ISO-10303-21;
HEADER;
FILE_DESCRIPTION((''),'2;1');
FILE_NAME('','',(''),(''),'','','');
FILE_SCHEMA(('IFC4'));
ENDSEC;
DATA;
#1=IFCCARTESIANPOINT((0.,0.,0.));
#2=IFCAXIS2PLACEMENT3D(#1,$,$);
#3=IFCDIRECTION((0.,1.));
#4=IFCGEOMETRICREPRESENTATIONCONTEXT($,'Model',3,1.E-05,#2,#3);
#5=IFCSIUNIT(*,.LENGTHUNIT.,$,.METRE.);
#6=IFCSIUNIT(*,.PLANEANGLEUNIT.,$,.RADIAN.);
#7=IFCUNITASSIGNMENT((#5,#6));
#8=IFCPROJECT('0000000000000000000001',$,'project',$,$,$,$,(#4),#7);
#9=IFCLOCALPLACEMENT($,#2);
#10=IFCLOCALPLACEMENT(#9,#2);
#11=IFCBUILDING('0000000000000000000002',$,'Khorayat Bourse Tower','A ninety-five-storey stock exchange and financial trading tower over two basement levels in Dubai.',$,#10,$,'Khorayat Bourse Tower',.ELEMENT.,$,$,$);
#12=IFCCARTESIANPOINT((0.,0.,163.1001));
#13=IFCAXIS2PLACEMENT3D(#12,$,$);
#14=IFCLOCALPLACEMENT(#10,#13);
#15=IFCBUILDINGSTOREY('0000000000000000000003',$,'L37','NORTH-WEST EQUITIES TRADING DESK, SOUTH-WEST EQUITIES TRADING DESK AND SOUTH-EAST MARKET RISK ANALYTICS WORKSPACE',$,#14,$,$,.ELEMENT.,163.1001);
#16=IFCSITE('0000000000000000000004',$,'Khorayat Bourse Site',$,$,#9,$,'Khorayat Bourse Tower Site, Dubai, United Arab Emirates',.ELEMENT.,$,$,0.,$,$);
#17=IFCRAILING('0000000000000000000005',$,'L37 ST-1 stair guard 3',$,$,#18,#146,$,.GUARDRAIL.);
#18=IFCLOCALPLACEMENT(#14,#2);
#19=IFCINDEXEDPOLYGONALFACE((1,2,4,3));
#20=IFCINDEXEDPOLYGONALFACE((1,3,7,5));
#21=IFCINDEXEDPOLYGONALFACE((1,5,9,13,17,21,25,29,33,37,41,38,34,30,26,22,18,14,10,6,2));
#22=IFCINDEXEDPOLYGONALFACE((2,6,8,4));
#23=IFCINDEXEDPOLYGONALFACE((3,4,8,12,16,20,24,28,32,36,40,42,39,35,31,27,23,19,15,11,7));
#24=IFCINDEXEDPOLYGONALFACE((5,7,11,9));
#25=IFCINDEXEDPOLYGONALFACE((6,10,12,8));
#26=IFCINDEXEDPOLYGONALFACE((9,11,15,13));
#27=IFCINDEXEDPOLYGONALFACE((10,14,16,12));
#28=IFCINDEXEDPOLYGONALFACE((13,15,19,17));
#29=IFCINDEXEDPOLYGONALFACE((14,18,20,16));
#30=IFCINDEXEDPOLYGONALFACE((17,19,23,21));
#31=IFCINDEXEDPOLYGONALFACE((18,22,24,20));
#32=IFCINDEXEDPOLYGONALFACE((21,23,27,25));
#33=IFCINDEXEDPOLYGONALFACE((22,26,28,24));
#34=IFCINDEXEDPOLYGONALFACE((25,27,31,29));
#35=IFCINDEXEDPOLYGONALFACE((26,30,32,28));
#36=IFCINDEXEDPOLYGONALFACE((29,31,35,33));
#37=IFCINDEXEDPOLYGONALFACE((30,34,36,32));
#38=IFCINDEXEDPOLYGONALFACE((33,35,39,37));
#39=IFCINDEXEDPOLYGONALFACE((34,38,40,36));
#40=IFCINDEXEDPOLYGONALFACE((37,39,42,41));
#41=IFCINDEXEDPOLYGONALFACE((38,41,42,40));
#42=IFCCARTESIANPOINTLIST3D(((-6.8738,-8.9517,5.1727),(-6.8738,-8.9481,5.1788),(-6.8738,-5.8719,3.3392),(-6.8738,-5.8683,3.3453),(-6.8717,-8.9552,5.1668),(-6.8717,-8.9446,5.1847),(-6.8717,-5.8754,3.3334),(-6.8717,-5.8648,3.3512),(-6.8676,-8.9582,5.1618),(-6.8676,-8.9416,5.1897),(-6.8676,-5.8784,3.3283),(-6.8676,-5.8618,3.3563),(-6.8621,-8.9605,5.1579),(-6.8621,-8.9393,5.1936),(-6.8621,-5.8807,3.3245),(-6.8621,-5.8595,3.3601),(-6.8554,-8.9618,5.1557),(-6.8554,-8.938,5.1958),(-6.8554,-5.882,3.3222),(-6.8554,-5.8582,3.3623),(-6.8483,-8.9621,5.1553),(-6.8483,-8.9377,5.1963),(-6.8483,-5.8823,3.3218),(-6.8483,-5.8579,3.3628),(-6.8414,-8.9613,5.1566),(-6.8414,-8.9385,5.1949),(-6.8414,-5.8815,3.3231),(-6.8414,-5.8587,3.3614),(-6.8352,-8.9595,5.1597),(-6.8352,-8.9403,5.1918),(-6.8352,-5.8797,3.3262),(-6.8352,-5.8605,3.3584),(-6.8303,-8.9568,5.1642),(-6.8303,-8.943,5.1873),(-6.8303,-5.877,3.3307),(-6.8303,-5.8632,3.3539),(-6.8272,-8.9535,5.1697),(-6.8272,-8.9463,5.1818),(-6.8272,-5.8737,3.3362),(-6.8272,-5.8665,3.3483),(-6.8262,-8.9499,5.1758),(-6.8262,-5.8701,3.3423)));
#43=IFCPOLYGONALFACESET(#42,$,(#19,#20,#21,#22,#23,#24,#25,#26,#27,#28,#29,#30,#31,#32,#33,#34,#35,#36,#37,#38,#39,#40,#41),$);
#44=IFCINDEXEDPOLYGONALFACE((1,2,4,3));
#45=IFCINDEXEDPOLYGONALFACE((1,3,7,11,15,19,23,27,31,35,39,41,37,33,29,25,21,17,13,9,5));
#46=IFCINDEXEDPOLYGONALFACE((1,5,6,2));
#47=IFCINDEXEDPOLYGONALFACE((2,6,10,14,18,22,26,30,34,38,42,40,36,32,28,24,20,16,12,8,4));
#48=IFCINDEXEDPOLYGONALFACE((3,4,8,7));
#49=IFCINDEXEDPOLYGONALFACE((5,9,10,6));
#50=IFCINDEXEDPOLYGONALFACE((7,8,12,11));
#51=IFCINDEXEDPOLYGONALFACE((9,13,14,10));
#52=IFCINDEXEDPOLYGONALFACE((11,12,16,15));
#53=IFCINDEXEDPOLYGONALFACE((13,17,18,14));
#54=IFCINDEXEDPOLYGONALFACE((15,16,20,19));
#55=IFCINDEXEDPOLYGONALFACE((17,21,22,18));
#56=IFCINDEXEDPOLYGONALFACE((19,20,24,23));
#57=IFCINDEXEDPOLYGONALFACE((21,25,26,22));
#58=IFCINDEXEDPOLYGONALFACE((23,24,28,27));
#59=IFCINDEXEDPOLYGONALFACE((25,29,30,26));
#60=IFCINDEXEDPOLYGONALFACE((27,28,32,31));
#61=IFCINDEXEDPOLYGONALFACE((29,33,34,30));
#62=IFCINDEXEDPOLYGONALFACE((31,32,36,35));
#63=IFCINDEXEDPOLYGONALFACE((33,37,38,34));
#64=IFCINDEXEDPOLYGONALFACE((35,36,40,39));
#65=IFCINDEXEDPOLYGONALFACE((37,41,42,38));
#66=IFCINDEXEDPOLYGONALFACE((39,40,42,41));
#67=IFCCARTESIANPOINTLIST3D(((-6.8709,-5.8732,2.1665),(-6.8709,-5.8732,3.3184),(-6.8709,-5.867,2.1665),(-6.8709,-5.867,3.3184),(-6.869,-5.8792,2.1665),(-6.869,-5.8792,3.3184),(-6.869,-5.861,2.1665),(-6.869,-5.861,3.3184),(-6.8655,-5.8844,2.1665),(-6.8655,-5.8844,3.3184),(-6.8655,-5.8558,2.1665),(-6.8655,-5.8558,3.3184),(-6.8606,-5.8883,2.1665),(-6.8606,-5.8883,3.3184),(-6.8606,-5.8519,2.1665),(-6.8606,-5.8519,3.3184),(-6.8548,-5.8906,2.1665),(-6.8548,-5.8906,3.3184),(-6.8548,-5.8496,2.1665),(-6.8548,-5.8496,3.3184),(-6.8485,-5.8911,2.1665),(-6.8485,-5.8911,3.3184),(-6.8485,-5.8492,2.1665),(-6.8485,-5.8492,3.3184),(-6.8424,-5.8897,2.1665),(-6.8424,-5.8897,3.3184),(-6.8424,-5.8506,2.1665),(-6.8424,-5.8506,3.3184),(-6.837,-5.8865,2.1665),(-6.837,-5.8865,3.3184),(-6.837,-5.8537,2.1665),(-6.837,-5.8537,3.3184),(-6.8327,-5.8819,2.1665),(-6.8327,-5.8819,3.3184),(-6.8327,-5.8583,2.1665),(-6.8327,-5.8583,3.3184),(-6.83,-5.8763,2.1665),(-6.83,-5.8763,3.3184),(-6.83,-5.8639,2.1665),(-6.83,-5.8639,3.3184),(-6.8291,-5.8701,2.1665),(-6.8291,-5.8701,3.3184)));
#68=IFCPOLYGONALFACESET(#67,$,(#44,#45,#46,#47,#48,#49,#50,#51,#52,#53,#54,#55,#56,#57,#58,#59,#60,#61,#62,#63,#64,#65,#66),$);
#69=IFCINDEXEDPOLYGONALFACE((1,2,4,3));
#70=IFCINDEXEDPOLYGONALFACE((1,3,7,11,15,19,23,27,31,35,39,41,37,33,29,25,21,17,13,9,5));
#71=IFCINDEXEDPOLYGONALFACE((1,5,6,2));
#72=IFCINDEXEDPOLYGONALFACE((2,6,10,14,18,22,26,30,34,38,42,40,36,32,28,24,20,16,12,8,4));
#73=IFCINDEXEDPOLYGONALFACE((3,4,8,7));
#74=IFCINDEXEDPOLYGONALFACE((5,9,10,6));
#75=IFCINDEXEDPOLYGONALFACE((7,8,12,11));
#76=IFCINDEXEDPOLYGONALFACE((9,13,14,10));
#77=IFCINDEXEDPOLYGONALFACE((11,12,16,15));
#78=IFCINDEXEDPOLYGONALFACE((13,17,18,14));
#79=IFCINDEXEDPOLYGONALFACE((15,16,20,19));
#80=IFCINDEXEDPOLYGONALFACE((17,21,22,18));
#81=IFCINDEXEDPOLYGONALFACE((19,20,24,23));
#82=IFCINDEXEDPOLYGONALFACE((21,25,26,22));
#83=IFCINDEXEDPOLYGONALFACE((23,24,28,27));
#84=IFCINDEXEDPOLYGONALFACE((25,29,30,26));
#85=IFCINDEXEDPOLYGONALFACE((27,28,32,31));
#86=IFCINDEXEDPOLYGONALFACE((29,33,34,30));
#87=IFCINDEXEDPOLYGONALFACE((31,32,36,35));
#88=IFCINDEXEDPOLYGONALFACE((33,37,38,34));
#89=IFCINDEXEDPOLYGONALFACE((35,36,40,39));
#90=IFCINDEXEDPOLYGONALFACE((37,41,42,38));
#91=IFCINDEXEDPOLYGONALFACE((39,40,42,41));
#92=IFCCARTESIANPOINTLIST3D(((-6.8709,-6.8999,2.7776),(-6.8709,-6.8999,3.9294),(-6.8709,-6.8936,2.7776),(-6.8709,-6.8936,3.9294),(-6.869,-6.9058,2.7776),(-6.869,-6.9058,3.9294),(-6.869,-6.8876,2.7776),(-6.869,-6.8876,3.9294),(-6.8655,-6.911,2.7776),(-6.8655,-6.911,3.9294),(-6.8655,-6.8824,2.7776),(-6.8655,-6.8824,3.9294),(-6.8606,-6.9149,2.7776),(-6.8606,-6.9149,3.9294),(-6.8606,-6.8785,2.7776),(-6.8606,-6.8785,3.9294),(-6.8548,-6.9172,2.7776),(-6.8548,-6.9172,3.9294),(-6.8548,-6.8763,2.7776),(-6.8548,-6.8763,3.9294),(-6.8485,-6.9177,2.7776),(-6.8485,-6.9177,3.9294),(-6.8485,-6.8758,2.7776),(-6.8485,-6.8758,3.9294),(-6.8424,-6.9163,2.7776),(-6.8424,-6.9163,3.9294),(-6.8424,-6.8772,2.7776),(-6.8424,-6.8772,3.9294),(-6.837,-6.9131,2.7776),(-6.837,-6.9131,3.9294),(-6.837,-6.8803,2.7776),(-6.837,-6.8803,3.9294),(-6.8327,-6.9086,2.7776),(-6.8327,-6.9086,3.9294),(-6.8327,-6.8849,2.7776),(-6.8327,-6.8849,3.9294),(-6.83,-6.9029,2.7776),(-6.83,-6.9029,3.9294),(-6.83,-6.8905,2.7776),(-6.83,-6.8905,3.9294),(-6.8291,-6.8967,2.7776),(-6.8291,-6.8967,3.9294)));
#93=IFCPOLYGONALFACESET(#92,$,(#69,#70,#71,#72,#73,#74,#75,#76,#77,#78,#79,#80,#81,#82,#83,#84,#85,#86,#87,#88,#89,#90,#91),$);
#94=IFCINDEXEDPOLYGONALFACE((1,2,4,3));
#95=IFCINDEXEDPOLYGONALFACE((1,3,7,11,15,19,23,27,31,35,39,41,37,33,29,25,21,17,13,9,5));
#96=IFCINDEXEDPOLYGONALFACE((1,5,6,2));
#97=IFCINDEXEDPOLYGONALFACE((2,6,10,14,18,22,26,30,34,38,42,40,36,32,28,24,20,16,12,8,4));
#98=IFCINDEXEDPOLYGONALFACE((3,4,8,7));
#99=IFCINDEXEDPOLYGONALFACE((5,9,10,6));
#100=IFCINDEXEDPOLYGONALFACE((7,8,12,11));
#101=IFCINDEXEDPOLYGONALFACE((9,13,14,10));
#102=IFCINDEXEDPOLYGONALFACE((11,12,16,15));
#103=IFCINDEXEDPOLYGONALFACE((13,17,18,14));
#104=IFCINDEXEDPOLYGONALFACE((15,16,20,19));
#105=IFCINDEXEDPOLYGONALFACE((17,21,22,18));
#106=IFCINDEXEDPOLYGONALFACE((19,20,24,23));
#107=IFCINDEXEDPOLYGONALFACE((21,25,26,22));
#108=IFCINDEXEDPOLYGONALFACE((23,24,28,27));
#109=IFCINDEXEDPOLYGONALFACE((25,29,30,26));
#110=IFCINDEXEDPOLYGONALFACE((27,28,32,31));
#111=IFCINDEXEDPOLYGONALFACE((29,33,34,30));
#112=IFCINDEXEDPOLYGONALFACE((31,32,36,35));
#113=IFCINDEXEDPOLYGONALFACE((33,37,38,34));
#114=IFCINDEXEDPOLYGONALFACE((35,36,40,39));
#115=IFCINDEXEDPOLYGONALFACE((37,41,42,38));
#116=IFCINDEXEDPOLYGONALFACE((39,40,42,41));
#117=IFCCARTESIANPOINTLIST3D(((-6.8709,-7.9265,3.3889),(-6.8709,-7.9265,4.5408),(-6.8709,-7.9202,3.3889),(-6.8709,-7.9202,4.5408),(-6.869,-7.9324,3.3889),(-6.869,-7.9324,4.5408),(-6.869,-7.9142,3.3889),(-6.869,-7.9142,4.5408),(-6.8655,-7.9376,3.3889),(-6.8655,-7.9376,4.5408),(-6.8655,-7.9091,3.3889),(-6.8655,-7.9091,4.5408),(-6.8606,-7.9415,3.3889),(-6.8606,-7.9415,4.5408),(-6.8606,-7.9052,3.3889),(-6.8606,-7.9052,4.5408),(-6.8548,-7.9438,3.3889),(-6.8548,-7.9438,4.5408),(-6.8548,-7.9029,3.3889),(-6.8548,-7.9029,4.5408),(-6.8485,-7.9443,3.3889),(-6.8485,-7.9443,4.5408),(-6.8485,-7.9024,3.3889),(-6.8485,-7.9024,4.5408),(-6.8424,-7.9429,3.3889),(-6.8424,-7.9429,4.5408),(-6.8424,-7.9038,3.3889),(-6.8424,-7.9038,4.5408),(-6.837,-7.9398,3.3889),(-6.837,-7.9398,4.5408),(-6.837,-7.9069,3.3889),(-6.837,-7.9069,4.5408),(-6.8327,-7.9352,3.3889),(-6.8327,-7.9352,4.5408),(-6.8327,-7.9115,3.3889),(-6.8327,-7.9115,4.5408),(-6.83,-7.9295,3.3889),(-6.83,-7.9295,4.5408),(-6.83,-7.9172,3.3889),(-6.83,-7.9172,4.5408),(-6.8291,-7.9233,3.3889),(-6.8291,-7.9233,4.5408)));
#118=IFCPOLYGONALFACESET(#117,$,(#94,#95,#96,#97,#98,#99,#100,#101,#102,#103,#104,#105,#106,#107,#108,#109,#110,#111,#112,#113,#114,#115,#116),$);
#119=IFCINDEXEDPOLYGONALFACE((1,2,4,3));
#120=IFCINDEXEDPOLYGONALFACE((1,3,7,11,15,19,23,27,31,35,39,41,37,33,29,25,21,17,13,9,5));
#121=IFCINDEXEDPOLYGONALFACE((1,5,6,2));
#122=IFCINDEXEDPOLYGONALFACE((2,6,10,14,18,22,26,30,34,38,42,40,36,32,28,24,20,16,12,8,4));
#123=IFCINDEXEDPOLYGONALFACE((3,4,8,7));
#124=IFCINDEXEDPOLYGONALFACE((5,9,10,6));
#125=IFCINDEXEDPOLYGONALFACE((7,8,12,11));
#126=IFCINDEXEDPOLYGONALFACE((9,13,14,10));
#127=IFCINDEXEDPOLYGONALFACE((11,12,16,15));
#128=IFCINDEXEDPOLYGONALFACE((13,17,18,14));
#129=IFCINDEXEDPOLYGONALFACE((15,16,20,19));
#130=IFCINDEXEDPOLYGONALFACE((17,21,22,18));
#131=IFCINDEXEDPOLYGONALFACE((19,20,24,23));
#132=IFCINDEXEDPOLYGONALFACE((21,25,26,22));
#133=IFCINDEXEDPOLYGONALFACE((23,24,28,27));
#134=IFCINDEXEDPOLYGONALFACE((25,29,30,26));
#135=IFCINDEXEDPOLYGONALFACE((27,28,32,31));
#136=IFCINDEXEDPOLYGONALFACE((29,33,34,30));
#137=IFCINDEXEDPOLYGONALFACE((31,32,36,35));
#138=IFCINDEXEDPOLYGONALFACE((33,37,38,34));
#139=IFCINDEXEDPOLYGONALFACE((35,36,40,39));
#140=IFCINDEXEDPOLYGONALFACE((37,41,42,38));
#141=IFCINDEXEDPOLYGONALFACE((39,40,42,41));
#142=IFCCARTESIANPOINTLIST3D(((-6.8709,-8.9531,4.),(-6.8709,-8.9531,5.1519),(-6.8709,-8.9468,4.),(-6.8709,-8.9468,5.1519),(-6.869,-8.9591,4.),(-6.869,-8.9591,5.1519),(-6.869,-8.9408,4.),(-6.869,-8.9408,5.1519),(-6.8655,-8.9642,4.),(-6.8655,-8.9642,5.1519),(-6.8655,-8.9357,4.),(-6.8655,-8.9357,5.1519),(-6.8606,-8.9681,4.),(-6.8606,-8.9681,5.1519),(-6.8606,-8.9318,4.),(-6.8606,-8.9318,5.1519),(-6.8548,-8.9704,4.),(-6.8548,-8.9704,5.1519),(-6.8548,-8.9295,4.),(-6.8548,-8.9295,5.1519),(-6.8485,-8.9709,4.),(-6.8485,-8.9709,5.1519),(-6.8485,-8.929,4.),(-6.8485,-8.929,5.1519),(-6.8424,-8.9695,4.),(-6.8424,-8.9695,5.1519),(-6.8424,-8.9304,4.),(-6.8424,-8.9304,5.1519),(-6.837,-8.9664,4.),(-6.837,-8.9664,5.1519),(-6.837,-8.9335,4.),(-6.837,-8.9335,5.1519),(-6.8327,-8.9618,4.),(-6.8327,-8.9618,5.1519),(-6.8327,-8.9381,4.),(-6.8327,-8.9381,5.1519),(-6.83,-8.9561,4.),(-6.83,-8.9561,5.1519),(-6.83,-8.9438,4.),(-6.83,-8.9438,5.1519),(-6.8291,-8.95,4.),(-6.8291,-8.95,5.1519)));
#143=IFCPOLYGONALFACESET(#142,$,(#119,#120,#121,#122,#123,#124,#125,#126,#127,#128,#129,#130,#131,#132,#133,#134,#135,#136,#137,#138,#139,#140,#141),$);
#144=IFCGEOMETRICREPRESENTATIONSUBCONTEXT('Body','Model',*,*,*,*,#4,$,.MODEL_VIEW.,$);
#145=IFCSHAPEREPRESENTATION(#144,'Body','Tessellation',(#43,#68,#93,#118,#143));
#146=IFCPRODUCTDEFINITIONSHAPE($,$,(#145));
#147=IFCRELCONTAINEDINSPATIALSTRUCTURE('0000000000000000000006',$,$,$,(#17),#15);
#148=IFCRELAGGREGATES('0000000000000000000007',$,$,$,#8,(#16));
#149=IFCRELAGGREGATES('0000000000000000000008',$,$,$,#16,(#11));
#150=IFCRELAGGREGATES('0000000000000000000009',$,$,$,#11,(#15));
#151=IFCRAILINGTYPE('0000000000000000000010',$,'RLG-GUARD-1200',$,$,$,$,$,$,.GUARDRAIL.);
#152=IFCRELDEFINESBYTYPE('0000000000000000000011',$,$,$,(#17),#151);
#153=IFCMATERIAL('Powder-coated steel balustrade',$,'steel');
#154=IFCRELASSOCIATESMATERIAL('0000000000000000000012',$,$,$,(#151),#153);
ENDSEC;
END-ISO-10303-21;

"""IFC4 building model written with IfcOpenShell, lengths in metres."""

from ifc_helpers import new_model, si_unit, direction, frame, origin, origin_2d, place, context, subcontext, project, spatial, circle, extrude, source, transform, mapped, material, type_object, element, save


model = new_model("IFC4")

# Units and contexts
model_context = context("Model", 3, precision=1e-05, world=origin(), true_north=direction((0.0, 1.0)))
body_context = subcontext(model_context, "Body", "Model", "MODEL_VIEW")
ifc_project = project(units=[si_unit("LENGTHUNIT", "METRE"), si_unit("PLANEANGLEUNIT", "RADIAN")], contexts=[model_context])

# Site, building, storey
site_placement = place(None, origin())
site = spatial("IfcSite", under=ifc_project, at=site_placement, Name="Khorayat Bourse Site", LongName="Khorayat Bourse Tower Site, Dubai, United Arab Emirates", CompositionType="ELEMENT", RefElevation=0.0)
building_placement = place(site_placement, origin())
building = spatial("IfcBuilding", under=site, at=building_placement, Name="Khorayat Bourse Tower", Description="A ninety-five-storey stock exchange and financial trading tower over two basement levels in Dubai.", LongName="Khorayat Bourse Tower", CompositionType="ELEMENT")
storey_placement = place(building_placement, frame((0.0, 0.0, 163.1001)))
storey = spatial("IfcBuildingStorey", under=building, at=storey_placement, Name="L37", Description="NORTH-WEST EQUITIES TRADING DESK, SOUTH-WEST EQUITIES TRADING DESK AND SOUTH-EAST MARKET RISK ANALYTICS WORKSPACE", CompositionType="ELEMENT", Elevation=163.1001)

# Railing
ifc_material_1 = material(Name="Powder-coated steel balustrade", Category="steel")
railing_type_1 = type_object("IfcRailingType", Name="RLG-GUARD-1200", PredefinedType="GUARDRAIL", material=ifc_material_1)
shared_shape_1 = source(origin(), body_context, "Body", "SweptSolid", [
    extrude(circle(Radius=0.0239, at=origin_2d()), frame((0.0, 0.0, 1.1758), z_axis=(0.0, -0.859261, 0.511538), x_axis=(1.0, 0.0, 0.0)), (0.0, 0.0, 1.0), 3.5842),
    extrude(circle(Radius=0.021, at=origin_2d()), origin(), (0.0, 0.0, 1.0), 1.1519),
    extrude(circle(Radius=0.021, at=origin_2d()), frame((0.0, -1.0266, 0.6111)), (0.0, 0.0, 1.0), 1.1519),
    extrude(circle(Radius=0.021, at=origin_2d()), frame((0.0, -2.0532, 1.2224)), (0.0, 0.0, 1.0), 1.1519),
    extrude(circle(Radius=0.021, at=origin_2d()), frame((0.0, -3.0798, 1.8335)), (0.0, 0.0, 1.0), 1.1519),
])
railing_1_placement = place(storey_placement, frame((-6.8501, -5.8701, 2.1665)))
element("IfcRailing", 1, at=railing_1_placement, inside=storey, type_object=railing_type_1, Name="L37 ST-1 stair guard 3", PredefinedType="GUARDRAIL", context=body_context, shape_type="MappedRepresentation", body=[
    mapped(shared_shape_1, transform((0.0, 0.0, 0.0), scale=1.0)),
])

save(model, "model.ifc")
